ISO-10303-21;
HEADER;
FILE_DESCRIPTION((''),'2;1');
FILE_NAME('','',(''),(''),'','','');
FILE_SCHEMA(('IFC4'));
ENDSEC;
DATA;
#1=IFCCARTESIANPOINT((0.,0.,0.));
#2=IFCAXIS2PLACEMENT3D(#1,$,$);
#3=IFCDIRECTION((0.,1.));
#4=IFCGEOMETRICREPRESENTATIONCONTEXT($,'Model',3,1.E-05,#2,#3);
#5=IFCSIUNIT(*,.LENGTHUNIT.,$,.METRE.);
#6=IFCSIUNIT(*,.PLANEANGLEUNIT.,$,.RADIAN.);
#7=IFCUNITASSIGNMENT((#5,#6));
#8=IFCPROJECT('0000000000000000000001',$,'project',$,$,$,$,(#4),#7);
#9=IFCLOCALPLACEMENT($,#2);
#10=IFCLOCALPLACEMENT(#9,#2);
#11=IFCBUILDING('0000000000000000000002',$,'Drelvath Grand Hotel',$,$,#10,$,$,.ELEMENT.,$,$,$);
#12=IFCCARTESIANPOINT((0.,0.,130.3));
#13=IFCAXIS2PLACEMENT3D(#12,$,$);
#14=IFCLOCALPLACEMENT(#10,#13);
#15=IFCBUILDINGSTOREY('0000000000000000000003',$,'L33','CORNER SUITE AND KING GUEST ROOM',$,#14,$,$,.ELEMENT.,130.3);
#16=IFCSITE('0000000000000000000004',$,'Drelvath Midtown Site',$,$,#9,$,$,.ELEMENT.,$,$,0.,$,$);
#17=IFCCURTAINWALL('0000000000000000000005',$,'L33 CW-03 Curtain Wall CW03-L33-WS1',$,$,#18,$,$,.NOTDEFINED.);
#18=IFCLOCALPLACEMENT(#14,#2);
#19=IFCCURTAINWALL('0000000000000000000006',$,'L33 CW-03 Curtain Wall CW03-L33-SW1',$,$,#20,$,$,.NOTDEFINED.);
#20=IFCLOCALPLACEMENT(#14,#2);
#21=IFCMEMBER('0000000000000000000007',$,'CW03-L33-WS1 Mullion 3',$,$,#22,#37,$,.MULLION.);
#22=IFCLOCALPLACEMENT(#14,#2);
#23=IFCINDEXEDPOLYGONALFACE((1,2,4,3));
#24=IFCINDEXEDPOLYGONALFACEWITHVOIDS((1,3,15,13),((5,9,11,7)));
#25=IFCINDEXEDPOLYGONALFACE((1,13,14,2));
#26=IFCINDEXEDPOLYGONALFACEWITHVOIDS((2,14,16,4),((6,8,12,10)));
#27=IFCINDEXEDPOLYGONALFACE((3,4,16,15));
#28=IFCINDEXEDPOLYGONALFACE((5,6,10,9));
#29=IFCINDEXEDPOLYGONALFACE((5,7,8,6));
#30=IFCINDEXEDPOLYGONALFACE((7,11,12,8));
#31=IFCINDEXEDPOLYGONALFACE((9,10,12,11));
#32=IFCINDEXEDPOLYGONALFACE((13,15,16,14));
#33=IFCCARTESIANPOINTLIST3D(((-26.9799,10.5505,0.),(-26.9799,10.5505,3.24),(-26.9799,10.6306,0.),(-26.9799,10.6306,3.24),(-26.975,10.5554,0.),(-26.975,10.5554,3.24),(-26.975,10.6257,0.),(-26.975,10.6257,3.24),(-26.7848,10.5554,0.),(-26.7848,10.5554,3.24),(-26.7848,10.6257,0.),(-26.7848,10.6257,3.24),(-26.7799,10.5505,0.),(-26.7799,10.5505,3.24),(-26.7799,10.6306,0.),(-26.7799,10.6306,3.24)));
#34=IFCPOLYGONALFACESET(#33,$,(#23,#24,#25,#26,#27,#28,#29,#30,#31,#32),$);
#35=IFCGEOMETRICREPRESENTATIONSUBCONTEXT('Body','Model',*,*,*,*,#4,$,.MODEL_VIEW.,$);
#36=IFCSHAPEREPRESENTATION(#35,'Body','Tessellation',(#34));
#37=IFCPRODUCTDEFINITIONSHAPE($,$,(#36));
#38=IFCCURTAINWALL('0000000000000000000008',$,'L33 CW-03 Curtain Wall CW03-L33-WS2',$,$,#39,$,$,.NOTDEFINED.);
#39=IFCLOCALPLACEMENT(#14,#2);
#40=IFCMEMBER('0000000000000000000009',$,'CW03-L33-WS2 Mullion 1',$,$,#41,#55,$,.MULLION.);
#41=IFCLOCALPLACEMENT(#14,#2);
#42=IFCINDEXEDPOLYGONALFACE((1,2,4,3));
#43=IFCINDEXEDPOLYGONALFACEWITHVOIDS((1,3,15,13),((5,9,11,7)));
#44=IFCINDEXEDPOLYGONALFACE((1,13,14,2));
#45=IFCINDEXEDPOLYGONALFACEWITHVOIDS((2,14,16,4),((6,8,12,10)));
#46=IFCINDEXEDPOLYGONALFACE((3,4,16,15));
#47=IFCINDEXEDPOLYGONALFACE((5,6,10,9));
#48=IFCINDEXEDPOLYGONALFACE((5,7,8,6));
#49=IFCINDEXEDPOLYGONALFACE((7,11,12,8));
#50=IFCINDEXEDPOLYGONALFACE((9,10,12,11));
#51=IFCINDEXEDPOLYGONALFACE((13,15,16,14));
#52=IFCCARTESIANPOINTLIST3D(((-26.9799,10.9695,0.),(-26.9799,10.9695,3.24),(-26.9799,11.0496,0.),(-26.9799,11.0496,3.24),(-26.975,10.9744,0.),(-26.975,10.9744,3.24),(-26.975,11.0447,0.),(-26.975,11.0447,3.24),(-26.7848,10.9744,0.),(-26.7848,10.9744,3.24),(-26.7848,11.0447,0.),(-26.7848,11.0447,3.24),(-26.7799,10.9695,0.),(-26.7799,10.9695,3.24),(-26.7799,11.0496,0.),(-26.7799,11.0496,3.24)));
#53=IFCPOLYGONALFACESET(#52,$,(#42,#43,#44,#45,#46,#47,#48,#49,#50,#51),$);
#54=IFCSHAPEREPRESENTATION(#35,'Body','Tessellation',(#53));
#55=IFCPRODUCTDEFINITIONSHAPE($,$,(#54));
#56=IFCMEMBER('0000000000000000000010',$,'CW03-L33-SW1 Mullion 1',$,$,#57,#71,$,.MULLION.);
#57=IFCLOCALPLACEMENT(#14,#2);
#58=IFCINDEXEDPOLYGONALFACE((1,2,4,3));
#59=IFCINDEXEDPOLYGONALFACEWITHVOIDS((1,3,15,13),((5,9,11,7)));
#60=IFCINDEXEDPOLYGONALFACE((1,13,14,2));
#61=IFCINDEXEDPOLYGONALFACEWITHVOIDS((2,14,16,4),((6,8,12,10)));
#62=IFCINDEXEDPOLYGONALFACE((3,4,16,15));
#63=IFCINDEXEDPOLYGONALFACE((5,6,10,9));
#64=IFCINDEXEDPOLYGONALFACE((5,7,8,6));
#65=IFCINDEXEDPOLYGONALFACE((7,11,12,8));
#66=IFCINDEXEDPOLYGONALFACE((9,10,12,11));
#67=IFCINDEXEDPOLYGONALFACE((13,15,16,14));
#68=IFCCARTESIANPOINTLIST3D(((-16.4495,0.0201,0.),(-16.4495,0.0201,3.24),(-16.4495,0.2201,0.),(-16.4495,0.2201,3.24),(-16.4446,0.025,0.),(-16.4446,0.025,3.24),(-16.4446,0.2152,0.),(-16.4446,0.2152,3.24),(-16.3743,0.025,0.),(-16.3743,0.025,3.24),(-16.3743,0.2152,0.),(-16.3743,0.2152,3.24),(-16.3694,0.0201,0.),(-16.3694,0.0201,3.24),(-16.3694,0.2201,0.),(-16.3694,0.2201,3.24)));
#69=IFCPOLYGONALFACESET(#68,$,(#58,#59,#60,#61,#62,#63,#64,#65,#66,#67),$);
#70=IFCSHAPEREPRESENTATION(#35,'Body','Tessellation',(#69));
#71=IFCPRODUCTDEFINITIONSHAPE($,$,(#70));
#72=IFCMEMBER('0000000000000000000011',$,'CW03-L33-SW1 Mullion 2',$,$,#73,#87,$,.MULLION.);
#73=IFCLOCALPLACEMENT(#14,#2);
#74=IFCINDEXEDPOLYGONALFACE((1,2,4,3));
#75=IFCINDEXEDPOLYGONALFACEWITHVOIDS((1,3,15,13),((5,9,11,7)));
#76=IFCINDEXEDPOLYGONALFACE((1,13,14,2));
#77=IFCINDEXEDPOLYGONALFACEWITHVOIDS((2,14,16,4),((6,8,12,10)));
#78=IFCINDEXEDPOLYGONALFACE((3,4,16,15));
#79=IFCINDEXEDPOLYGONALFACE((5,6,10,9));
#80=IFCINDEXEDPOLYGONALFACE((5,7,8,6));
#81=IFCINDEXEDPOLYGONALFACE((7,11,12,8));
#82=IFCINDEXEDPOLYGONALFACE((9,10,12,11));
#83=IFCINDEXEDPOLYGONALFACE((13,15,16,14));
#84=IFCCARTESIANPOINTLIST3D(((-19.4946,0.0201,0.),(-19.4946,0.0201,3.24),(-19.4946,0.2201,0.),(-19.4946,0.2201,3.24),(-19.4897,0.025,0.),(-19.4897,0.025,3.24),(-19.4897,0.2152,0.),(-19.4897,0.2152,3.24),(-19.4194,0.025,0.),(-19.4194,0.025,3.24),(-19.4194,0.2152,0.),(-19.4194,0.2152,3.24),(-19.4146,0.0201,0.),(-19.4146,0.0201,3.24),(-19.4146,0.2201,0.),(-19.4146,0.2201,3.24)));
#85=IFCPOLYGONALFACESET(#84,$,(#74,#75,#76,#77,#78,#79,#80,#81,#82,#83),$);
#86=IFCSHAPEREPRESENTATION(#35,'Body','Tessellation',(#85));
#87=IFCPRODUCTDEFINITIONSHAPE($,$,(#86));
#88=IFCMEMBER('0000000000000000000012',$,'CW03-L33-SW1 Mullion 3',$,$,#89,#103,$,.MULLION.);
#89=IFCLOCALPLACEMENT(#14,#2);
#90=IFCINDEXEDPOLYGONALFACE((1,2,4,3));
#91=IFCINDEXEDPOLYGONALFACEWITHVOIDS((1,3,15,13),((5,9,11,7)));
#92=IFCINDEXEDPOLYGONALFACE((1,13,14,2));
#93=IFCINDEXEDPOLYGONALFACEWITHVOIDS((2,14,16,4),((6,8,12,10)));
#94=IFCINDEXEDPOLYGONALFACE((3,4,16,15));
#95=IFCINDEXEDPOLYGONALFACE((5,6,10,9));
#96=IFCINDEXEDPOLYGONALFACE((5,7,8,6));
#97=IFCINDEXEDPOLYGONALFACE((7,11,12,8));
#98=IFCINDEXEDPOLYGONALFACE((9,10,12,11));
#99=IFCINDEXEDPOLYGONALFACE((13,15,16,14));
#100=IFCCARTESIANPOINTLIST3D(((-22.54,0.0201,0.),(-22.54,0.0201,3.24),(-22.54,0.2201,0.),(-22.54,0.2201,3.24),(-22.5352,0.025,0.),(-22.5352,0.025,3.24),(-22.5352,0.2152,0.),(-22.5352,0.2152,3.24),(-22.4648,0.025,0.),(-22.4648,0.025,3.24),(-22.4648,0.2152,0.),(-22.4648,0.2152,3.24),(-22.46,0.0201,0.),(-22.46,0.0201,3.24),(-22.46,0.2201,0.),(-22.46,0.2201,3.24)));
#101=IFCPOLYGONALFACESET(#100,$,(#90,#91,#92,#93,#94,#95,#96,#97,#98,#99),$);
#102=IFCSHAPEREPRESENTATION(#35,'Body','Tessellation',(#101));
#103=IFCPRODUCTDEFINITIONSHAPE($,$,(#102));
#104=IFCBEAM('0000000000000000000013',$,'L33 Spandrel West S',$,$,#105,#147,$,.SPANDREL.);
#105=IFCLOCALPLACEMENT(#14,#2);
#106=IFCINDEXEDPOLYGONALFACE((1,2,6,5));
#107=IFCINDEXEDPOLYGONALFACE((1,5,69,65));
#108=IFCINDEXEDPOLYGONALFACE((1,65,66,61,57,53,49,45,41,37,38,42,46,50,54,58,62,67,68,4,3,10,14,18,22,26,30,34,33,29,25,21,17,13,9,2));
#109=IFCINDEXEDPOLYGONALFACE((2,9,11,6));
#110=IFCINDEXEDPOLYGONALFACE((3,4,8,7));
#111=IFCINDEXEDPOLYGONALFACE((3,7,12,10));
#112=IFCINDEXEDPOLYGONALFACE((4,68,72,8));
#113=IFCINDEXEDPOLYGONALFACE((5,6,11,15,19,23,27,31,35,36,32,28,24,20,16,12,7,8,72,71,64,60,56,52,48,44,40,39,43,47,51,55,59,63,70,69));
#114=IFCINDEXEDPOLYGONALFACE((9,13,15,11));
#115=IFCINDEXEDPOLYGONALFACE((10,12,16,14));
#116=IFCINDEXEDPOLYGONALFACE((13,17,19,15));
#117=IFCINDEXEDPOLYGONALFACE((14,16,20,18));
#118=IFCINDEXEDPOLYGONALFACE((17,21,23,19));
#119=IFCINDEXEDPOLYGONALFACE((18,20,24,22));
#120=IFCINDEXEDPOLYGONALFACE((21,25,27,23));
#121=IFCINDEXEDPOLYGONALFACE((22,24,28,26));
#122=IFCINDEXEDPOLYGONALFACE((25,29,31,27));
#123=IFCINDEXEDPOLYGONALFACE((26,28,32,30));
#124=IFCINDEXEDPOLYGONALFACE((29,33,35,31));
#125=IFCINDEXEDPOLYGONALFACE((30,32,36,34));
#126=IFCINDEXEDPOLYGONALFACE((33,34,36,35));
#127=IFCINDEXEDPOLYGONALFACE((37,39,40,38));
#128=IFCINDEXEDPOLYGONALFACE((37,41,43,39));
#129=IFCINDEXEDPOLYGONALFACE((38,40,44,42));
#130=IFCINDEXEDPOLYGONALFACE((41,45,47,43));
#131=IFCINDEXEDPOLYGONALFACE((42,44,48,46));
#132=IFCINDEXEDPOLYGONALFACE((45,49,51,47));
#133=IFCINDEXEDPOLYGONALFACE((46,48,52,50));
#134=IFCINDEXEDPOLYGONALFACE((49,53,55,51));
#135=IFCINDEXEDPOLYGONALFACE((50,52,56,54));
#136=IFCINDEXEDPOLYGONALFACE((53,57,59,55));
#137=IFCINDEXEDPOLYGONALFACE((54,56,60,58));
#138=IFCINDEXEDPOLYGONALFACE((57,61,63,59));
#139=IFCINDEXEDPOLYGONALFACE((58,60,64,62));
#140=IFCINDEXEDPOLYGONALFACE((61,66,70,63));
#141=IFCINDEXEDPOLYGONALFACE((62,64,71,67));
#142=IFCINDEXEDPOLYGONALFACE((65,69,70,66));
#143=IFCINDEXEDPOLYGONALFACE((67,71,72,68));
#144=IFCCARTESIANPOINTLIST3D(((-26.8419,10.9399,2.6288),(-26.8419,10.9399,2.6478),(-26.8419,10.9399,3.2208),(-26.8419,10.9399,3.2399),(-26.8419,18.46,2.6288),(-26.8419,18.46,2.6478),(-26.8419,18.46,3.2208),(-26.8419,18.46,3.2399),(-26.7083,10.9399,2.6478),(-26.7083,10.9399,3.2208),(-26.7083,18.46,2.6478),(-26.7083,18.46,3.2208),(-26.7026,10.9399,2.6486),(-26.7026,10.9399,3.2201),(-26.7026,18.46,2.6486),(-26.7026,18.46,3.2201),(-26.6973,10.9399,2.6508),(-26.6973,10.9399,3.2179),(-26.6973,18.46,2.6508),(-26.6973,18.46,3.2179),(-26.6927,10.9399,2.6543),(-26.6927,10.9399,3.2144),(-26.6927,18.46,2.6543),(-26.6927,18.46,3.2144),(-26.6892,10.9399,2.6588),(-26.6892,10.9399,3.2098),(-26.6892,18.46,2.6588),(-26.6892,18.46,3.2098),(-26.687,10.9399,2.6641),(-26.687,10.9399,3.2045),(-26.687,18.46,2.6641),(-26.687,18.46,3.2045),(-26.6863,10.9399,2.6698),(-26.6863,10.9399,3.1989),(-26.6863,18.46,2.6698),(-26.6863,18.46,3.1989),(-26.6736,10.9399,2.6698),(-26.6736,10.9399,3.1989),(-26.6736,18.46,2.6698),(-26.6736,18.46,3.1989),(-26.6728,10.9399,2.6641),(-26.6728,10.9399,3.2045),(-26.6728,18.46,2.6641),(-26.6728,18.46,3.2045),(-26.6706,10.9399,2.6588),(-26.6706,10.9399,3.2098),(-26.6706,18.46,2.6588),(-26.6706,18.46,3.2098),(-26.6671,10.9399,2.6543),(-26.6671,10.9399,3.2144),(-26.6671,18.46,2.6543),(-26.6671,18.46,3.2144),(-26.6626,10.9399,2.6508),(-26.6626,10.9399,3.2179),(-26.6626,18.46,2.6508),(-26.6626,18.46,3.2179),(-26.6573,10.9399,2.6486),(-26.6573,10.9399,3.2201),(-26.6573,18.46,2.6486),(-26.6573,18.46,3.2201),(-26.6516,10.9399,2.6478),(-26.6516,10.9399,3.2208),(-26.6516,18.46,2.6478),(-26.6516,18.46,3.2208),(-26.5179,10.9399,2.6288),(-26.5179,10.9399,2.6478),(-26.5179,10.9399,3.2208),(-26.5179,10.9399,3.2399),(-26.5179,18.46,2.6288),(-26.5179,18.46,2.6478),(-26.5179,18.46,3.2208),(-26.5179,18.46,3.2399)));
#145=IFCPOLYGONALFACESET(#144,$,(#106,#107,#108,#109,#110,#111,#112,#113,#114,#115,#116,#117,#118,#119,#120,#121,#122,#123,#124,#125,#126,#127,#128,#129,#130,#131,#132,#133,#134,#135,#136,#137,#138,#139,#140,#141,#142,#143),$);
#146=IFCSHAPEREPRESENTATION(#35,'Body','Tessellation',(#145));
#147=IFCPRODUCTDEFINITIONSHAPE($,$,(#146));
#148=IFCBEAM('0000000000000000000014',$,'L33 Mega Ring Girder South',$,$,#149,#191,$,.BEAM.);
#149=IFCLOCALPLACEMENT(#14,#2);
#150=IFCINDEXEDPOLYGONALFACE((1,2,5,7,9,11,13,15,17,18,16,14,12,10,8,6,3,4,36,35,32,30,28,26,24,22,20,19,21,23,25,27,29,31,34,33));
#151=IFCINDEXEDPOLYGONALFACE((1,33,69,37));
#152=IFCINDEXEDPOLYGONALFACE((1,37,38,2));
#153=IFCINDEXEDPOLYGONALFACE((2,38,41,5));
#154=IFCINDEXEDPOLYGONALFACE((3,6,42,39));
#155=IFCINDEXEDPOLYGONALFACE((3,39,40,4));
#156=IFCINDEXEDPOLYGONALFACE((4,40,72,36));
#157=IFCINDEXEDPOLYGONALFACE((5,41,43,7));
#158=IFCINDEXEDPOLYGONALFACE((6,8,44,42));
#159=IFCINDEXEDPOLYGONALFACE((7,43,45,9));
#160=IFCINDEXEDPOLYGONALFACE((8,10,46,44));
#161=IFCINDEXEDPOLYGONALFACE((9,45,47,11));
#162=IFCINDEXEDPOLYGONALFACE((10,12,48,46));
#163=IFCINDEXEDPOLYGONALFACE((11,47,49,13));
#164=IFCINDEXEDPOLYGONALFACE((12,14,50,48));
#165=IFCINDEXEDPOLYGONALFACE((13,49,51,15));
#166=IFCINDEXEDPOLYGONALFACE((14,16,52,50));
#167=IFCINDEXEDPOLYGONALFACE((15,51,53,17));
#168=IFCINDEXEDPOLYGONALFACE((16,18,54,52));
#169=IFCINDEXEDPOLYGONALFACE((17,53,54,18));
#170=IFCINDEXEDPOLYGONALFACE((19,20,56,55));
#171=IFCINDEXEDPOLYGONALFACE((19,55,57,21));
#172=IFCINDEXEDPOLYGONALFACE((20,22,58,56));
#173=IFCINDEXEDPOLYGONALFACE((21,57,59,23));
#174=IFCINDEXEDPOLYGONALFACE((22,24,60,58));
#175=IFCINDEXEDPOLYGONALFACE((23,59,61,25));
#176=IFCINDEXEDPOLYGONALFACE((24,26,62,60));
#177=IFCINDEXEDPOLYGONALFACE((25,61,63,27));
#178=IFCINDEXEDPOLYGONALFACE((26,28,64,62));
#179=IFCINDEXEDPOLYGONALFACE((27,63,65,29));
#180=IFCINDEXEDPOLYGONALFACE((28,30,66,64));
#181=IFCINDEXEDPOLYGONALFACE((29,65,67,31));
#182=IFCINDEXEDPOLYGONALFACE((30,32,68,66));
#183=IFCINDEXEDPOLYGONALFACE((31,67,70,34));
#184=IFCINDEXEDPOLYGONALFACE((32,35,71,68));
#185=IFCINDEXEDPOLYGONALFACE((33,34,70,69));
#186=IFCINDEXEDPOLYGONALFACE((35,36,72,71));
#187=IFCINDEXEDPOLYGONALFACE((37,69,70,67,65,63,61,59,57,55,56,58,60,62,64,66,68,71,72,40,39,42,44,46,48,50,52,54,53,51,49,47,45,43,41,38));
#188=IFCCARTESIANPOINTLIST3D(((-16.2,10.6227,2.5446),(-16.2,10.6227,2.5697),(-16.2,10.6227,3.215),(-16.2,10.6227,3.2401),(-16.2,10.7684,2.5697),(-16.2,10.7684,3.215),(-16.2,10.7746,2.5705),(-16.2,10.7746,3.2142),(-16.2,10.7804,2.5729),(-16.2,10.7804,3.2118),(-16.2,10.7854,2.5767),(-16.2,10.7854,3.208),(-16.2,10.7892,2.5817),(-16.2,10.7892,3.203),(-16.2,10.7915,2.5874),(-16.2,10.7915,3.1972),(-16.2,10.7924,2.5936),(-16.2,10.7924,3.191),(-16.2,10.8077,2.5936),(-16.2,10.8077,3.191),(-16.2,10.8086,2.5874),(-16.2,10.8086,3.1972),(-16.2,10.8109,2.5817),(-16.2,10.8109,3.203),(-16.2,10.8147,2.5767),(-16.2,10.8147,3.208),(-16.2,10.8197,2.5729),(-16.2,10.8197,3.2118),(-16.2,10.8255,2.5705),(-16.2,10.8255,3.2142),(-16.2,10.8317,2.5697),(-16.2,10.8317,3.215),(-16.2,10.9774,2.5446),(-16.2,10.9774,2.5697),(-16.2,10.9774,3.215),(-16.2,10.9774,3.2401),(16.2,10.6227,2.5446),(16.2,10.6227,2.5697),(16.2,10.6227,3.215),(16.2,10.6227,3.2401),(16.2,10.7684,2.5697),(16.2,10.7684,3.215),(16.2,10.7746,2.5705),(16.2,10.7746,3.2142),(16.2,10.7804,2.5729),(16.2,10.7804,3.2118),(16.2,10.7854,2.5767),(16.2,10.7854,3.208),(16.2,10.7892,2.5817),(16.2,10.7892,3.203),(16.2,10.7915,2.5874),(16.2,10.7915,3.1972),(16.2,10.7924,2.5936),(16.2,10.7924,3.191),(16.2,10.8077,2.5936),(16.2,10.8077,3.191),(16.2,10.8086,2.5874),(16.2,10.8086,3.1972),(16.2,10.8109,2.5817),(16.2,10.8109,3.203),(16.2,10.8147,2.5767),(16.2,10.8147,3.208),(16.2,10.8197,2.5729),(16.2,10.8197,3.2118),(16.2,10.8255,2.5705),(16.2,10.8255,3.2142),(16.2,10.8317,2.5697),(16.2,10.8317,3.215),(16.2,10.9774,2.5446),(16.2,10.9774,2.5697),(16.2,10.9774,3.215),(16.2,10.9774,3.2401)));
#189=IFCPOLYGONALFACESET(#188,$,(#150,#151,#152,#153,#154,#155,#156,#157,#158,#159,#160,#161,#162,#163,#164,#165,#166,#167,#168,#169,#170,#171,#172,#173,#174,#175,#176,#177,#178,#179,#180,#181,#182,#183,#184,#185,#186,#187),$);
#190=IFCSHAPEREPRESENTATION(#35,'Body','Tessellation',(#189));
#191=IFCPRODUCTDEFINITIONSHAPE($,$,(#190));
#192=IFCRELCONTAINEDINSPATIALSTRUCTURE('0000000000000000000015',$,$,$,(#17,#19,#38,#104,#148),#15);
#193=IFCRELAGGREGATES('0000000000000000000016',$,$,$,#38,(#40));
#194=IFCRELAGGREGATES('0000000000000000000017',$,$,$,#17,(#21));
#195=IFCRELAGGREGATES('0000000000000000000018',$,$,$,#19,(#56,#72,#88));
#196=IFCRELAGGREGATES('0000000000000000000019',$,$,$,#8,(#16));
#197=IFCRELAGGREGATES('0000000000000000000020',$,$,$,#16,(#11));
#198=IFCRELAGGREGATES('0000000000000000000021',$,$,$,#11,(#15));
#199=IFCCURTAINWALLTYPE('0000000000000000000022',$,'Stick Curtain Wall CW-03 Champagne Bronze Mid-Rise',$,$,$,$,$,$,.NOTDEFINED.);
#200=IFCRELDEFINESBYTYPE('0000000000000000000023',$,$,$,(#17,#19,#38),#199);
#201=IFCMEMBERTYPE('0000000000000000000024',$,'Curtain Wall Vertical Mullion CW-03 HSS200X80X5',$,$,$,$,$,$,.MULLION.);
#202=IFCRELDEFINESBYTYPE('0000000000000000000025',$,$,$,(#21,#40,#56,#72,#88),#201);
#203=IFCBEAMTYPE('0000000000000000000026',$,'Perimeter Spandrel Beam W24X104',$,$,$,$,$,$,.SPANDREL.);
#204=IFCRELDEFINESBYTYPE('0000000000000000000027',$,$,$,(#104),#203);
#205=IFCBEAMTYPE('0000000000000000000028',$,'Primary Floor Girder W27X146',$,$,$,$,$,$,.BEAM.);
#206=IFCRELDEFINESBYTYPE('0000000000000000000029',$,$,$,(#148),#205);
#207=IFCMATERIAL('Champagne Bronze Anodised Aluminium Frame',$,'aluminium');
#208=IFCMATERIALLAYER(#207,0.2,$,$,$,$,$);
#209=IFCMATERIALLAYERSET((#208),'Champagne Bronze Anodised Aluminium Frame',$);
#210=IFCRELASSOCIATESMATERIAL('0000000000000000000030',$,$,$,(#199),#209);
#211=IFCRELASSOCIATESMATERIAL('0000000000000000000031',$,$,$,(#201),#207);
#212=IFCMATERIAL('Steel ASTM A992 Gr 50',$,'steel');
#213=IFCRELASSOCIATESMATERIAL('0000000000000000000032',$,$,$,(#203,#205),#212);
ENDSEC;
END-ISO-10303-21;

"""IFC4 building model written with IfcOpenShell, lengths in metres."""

from ifc_helpers import new_model, si_unit, direction, frame, origin, origin_2d, place, context, subcontext, project, spatial, hollow_rectangle, i_section, extrude, material, layer, layer_set, material_profile, profile_set, type_object, element, aggregate, save


model = new_model("IFC4")

# Units and contexts
model_context = context("Model", 3, precision=1e-05, world=origin(), true_north=direction((0.0, 1.0)))
body_context = subcontext(model_context, "Body", "Model", "MODEL_VIEW")
ifc_project = project(units=[si_unit("LENGTHUNIT", "METRE"), si_unit("PLANEANGLEUNIT", "RADIAN")], contexts=[model_context])

# Site, building, storey
site_placement = place(None, origin())
site = spatial("IfcSite", under=ifc_project, at=site_placement, Name="Drelvath Midtown Site", CompositionType="ELEMENT", RefElevation=0.0)
building_placement = place(site_placement, origin())
building = spatial("IfcBuilding", under=site, at=building_placement, Name="Drelvath Grand Hotel", CompositionType="ELEMENT")
storey_placement = place(building_placement, frame((0.0, 0.0, 130.3)))
storey = spatial("IfcBuildingStorey", under=building, at=storey_placement, Name="L33", Description="CORNER SUITE AND KING GUEST ROOM", CompositionType="ELEMENT", Elevation=130.3)

# Curtain walls
ifc_material_1 = material(Name="Champagne Bronze Anodised Aluminium Frame", Category="aluminium")
ifc_layer_1 = layer(ifc_material_1, 0.2)
ifc_layer_set_1 = layer_set([ifc_layer_1], Name="Champagne Bronze Anodised Aluminium Frame")
curtain_wall_type = type_object("IfcCurtainWallType", Name="Stick Curtain Wall CW-03 Champagne Bronze Mid-Rise", PredefinedType="NOTDEFINED", material=ifc_layer_set_1)
curtain_wall_1_placement = place(storey_placement, origin())
curtain_wall_1 = element("IfcCurtainWall", 1, at=curtain_wall_1_placement, inside=storey, type_object=curtain_wall_type, Name="L33 CW-03 Curtain Wall CW03-L33-WS1", PredefinedType="NOTDEFINED")
curtain_wall_2_placement = place(storey_placement, origin())
curtain_wall_2 = element("IfcCurtainWall", 2, at=curtain_wall_2_placement, inside=storey, type_object=curtain_wall_type, Name="L33 CW-03 Curtain Wall CW03-L33-SW1", PredefinedType="NOTDEFINED")

# Member
ifc_material_profile_1 = material_profile(ifc_material_1, hollow_rectangle(XDim=0.0801, YDim=0.2, WallThickness=0.0049, at=origin_2d()), Name="HSS200X80X5")
ifc_profile_set_1 = profile_set([ifc_material_profile_1], Name="Champagne Bronze Anodised Aluminium Frame")
member_type_1 = type_object("IfcMemberType", Name="Curtain Wall Vertical Mullion CW-03 HSS200X80X5", PredefinedType="MULLION", material=ifc_profile_set_1)
member_1_placement = place(storey_placement, frame((-26.8799, 10.5906, 0.0), z_axis=(0.0, 0.0, 1.0), x_axis=(0.0, 1.0, 0.0)))
member_1 = element("IfcMember", 3, at=member_1_placement, type_object=member_type_1, Name="CW03-L33-WS1 Mullion 3", PredefinedType="MULLION", context=body_context, shape_type="SweptSolid", body=[
    extrude(hollow_rectangle(XDim=0.0801, YDim=0.2, WallThickness=0.0049, at=origin_2d()), origin(), (0.0, 0.0, 1.0), 3.24),
])

# Curtain wall, member
curtain_wall_3_placement = place(storey_placement, origin())
curtain_wall_3 = element("IfcCurtainWall", 4, at=curtain_wall_3_placement, inside=storey, type_object=curtain_wall_type, Name="L33 CW-03 Curtain Wall CW03-L33-WS2", PredefinedType="NOTDEFINED")
member_2_placement = place(storey_placement, frame((-26.8799, 11.0095, 0.0), z_axis=(0.0, 0.0, 1.0), x_axis=(0.0, 1.0, 0.0)))
member_2 = element("IfcMember", 5, at=member_2_placement, type_object=member_type_1, Name="CW03-L33-WS2 Mullion 1", PredefinedType="MULLION", context=body_context, shape_type="SweptSolid", body=[
    extrude(hollow_rectangle(XDim=0.0801, YDim=0.2, WallThickness=0.0049, at=origin_2d()), origin(), (0.0, 0.0, 1.0), 3.24),
])
aggregate(curtain_wall_3, [member_2])

# Members
member_3_placement = place(storey_placement, frame((-16.4094, 0.1201, 0.0), z_axis=(0.0, 0.0, 1.0), x_axis=(1.0, 0.0, 0.0)))
member_3 = element("IfcMember", 6, at=member_3_placement, type_object=member_type_1, Name="CW03-L33-SW1 Mullion 1", PredefinedType="MULLION", context=body_context, shape_type="SweptSolid", body=[
    extrude(hollow_rectangle(XDim=0.0801, YDim=0.2, WallThickness=0.0049, at=origin_2d()), origin(), (0.0, 0.0, 1.0), 3.24),
])
member_4_placement = place(storey_placement, frame((-19.4546, 0.1201, 0.0), z_axis=(0.0, 0.0, 1.0), x_axis=(1.0, 0.0, 0.0)))
member_4 = element("IfcMember", 7, at=member_4_placement, type_object=member_type_1, Name="CW03-L33-SW1 Mullion 2", PredefinedType="MULLION", context=body_context, shape_type="SweptSolid", body=[
    extrude(hollow_rectangle(XDim=0.0801, YDim=0.2, WallThickness=0.0049, at=origin_2d()), origin(), (0.0, 0.0, 1.0), 3.24),
])
member_5_placement = place(storey_placement, frame((-22.5, 0.1201, 0.0), z_axis=(0.0, 0.0, 1.0), x_axis=(1.0, 0.0, 0.0)))
member_5 = element("IfcMember", 8, at=member_5_placement, type_object=member_type_1, Name="CW03-L33-SW1 Mullion 3", PredefinedType="MULLION", context=body_context, shape_type="SweptSolid", body=[
    extrude(hollow_rectangle(XDim=0.0801, YDim=0.2, WallThickness=0.0049, at=origin_2d()), origin(), (0.0, 0.0, 1.0), 3.24),
])

# Beams
ifc_material_2 = material(Name="Steel ASTM A992 Gr 50", Category="steel")
ifc_material_profile_2 = material_profile(ifc_material_2, i_section(OverallWidth=0.324, OverallDepth=0.6111, WebThickness=0.0127, FlangeThickness=0.019, FilletRadius=0.022, at=origin_2d()), Name="W24X104")
ifc_profile_set_2 = profile_set([ifc_material_profile_2], Name="Steel ASTM A992 Gr 50")
beam_type_1 = type_object("IfcBeamType", Name="Perimeter Spandrel Beam W24X104", PredefinedType="SPANDREL", material=ifc_profile_set_2)
beam_placement = place(storey_placement, frame((-26.6799, 10.9399, 2.9343), z_axis=(0.0, 1.0, 0.0), x_axis=(-1.0, 0.0, 0.0)))
element("IfcBeam", 9, at=beam_placement, inside=storey, type_object=beam_type_1, Name="L33 Spandrel West S", PredefinedType="SPANDREL", context=body_context, shape_type="SweptSolid", body=[
    extrude(i_section(OverallWidth=0.324, OverallDepth=0.6111, WebThickness=0.0127, FlangeThickness=0.019, FilletRadius=0.022, at=origin_2d()), origin(), (0.0, 0.0, 1.0), 7.52),
])
ifc_material_profile_3 = material_profile(ifc_material_2, i_section(OverallWidth=0.3547, OverallDepth=0.6956, WebThickness=0.0154, FlangeThickness=0.0251, FilletRadius=0.0239, at=origin_2d()), Name="W27X146")
ifc_profile_set_3 = profile_set([ifc_material_profile_3], Name="Steel ASTM A992 Gr 50")
beam_type_2 = type_object("IfcBeamType", Name="Primary Floor Girder W27X146", PredefinedType="BEAM", material=ifc_profile_set_3)
for number, where, z_axis, x_axis, name in (
    (10, (-16.2, 10.8, 2.8923), (1.0, 0.0, 0.0), (0.0, 1.0, 0.0), "L33 Mega Ring Girder South"),
):
    element("IfcBeam", number, at=place(storey_placement, frame(where, z_axis=z_axis, x_axis=x_axis)), inside=storey, type_object=beam_type_2, Name=name, PredefinedType="BEAM", context=body_context, shape_type="SweptSolid", body=[
        extrude(i_section(OverallWidth=0.3547, OverallDepth=0.6956, WebThickness=0.0154, FlangeThickness=0.0251, FilletRadius=0.0239, at=origin_2d()), origin(), (0.0, 0.0, 1.0), 32.3999),
    ])

aggregate(curtain_wall_1, [member_1])
aggregate(curtain_wall_2, [member_3, member_4, member_5])

save(model, "model.ifc")
